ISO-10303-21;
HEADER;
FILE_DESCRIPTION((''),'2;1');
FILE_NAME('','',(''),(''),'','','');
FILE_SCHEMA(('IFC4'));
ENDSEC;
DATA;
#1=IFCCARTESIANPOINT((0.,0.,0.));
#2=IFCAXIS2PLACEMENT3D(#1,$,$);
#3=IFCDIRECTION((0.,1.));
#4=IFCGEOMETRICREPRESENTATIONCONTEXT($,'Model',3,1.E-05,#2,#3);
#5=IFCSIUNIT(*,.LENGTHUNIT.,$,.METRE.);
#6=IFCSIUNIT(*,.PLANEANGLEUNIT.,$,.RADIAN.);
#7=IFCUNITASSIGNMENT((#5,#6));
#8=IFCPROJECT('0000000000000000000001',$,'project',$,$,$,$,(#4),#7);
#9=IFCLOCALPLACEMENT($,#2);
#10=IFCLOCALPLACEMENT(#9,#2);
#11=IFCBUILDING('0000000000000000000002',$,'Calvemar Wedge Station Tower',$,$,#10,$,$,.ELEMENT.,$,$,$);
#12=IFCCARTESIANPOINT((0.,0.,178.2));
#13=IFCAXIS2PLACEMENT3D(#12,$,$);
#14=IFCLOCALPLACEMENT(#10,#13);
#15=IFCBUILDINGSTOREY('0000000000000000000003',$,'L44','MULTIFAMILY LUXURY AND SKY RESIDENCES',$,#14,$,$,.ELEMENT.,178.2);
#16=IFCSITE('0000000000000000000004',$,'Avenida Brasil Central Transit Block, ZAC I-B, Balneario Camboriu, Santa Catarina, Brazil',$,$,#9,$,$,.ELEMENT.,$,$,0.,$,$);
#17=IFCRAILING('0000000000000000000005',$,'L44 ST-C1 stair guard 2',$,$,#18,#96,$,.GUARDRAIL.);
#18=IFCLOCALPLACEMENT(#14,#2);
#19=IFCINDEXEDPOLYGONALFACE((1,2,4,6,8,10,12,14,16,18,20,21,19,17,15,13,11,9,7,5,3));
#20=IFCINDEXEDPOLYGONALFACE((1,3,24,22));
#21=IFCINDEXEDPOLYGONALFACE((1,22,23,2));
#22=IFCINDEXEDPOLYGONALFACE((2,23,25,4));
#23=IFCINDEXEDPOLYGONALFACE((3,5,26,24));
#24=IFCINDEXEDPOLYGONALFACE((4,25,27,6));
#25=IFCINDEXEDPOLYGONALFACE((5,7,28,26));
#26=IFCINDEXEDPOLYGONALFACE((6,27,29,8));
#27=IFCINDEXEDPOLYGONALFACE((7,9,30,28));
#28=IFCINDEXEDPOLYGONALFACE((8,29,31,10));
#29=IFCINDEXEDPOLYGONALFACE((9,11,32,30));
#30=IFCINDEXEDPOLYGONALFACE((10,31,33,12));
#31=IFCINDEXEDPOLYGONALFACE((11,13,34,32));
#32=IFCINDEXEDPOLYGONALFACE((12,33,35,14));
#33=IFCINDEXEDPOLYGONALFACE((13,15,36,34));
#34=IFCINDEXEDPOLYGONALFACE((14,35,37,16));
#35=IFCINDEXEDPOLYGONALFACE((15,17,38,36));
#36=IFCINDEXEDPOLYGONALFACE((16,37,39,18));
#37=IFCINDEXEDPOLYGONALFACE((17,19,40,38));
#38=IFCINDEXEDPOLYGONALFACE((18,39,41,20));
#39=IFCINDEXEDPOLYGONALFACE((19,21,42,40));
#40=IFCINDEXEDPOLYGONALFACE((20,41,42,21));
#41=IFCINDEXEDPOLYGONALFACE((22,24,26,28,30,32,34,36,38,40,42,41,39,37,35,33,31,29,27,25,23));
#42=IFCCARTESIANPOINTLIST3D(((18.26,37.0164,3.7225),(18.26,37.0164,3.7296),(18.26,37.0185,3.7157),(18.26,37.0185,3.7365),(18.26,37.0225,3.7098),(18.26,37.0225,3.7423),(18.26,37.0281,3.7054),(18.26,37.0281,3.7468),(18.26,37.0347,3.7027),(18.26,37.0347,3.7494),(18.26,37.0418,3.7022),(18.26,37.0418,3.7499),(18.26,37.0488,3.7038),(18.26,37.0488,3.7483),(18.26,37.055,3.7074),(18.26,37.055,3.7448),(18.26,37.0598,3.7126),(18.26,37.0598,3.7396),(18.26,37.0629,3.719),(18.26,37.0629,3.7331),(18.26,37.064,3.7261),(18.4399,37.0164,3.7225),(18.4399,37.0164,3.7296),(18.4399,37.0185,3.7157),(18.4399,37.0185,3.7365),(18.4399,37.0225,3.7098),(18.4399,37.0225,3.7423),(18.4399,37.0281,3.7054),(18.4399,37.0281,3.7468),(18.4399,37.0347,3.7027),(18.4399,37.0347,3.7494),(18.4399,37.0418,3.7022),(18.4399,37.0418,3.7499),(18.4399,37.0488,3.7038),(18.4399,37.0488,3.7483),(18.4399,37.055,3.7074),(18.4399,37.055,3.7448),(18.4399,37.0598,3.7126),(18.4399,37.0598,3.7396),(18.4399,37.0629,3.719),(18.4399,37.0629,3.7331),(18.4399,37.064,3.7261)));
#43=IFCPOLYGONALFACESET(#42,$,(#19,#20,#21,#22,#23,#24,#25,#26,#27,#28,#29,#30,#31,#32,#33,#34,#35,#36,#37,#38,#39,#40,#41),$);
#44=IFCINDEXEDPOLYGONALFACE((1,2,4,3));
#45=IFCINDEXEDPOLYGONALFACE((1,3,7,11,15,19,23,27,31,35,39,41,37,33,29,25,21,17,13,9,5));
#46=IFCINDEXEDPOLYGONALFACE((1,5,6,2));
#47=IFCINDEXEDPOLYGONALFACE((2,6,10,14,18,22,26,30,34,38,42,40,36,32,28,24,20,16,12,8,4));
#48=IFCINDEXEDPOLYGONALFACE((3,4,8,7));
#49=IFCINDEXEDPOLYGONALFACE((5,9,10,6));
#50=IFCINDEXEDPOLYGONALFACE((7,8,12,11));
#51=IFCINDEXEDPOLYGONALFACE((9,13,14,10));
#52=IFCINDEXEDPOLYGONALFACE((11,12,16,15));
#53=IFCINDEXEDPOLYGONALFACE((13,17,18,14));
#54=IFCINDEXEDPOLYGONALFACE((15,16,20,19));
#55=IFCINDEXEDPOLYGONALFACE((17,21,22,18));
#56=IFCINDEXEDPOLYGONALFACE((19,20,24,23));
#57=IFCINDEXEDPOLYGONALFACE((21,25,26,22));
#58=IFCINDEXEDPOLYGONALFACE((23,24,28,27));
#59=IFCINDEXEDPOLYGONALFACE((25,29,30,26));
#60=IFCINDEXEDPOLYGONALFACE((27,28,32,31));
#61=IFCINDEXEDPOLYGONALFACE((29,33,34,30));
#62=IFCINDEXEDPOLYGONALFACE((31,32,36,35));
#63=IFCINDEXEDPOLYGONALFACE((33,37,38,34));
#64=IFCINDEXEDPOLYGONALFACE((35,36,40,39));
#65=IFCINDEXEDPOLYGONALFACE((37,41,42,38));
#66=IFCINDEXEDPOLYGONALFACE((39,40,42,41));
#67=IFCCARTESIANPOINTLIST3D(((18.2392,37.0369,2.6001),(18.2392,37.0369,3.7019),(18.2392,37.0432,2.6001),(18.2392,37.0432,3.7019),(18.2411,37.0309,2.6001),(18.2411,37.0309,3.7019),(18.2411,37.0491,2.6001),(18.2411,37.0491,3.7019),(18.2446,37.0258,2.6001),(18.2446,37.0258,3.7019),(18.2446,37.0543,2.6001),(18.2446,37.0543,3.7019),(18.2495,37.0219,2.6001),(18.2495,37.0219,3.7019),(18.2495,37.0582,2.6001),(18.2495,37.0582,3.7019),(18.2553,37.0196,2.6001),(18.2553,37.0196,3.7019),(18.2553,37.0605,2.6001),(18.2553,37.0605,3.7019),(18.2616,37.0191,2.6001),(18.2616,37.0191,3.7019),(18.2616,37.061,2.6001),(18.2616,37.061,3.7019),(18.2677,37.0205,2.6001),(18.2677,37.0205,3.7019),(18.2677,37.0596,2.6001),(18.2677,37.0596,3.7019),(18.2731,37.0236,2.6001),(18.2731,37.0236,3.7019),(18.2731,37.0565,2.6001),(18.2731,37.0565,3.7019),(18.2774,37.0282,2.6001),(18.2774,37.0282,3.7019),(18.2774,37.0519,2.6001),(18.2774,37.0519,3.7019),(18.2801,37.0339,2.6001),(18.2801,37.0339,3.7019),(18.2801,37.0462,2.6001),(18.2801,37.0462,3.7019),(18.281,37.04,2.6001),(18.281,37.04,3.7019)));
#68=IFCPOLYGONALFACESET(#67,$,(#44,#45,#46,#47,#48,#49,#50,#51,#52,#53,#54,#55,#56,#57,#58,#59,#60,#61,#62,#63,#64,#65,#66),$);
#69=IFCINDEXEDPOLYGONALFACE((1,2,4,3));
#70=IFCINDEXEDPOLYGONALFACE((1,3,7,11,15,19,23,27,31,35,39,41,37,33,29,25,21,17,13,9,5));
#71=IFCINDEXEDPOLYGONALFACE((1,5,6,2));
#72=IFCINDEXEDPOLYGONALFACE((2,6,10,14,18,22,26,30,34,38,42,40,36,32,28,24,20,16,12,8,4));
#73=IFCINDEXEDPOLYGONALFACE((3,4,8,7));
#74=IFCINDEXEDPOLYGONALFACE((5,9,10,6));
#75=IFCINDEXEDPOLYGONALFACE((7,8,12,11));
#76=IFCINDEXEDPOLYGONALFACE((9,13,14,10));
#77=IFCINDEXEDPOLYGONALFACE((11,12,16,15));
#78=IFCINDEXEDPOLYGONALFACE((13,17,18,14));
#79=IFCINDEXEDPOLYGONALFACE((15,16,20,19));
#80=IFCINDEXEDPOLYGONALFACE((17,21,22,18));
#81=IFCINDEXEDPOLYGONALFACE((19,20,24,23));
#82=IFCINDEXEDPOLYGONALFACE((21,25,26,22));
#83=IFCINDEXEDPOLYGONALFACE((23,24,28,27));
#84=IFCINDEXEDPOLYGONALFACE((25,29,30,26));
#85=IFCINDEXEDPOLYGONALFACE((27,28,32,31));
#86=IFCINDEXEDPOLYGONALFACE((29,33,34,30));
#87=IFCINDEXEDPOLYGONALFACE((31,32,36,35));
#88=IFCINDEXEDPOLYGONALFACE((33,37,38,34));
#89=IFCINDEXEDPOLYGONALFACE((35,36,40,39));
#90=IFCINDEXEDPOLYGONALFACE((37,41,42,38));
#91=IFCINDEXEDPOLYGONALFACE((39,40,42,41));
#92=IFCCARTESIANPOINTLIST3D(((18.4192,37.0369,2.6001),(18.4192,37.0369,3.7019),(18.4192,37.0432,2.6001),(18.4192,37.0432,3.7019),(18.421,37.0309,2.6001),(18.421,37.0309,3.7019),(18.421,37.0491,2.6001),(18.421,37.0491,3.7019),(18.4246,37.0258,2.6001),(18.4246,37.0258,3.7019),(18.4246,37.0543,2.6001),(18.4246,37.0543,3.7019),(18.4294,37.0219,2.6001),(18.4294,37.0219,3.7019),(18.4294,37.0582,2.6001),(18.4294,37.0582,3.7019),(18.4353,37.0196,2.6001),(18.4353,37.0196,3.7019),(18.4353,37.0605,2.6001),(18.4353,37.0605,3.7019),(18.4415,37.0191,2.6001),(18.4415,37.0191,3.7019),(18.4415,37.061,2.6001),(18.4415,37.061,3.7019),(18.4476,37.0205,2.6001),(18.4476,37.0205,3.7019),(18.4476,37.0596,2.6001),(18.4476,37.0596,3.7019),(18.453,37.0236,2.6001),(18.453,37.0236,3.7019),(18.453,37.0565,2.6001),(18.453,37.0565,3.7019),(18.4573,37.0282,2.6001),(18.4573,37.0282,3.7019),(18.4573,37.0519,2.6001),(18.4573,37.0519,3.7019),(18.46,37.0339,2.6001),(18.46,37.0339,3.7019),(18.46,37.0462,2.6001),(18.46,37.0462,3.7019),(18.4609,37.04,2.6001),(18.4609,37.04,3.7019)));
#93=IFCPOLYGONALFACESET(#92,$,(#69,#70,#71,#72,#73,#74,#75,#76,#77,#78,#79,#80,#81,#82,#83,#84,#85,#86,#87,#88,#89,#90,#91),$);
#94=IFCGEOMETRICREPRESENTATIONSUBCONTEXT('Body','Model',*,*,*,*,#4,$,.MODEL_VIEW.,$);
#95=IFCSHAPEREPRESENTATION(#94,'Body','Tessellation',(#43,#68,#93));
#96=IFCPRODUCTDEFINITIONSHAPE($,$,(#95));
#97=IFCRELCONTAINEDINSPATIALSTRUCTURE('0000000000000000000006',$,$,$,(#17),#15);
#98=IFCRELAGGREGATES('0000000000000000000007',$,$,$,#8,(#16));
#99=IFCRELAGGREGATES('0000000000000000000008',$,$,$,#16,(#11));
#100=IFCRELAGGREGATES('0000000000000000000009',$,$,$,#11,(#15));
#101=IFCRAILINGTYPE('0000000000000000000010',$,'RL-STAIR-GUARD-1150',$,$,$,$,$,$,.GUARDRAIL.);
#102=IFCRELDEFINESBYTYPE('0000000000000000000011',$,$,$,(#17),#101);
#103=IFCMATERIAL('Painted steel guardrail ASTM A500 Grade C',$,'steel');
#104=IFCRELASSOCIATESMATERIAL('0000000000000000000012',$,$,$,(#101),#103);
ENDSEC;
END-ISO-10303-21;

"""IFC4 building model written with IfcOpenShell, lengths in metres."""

from ifc_helpers import new_model, si_unit, direction, frame, origin, origin_2d, place, context, subcontext, project, spatial, circle, extrude, material, type_object, element, save


model = new_model("IFC4")

# Units and contexts
model_context = context("Model", 3, precision=1e-05, world=origin(), true_north=direction((0.0, 1.0)))
body_context = subcontext(model_context, "Body", "Model", "MODEL_VIEW")
ifc_project = project(units=[si_unit("LENGTHUNIT", "METRE"), si_unit("PLANEANGLEUNIT", "RADIAN")], contexts=[model_context])

# Site, building, storey
site_placement = place(None, origin())
site = spatial("IfcSite", under=ifc_project, at=site_placement, Name="Avenida Brasil Central Transit Block, ZAC I-B, Balneario Camboriu, Santa Catarina, Brazil", CompositionType="ELEMENT", RefElevation=0.0)
building_placement = place(site_placement, origin())
building = spatial("IfcBuilding", under=site, at=building_placement, Name="Calvemar Wedge Station Tower", CompositionType="ELEMENT")
storey_placement = place(building_placement, frame((0.0, 0.0, 178.2)))
storey = spatial("IfcBuildingStorey", under=building, at=storey_placement, Name="L44", Description="MULTIFAMILY LUXURY AND SKY RESIDENCES", CompositionType="ELEMENT", Elevation=178.2)

# Railing
ifc_material_1 = material(Name="Painted steel guardrail ASTM A500 Grade C", Category="steel")
railing_type_1 = type_object("IfcRailingType", Name="RL-STAIR-GUARD-1150", PredefinedType="GUARDRAIL", material=ifc_material_1)
railing_1_placement = place(storey_placement, frame((18.26, 37.04, 2.6001)))
element("IfcRailing", 1, at=railing_1_placement, inside=storey, type_object=railing_type_1, Name="L44 ST-C1 stair guard 2", PredefinedType="GUARDRAIL", context=body_context, shape_type="SweptSolid", body=[
    extrude(circle(Radius=0.0239, at=origin_2d()), frame((0.0, 0.0, 1.126), z_axis=(1.0, 0.0, 0.0), x_axis=(0.0, 1.0, 0.0)), (0.0, 0.0, 1.0), 0.1799),
    extrude(circle(Radius=0.021, at=origin_2d()), origin(), (0.0, 0.0, 1.0), 1.1018),
    extrude(circle(Radius=0.021, at=origin_2d()), frame((0.1799, 0.0, 0.0)), (0.0, 0.0, 1.0), 1.1018),
])

save(model, "model.ifc")
